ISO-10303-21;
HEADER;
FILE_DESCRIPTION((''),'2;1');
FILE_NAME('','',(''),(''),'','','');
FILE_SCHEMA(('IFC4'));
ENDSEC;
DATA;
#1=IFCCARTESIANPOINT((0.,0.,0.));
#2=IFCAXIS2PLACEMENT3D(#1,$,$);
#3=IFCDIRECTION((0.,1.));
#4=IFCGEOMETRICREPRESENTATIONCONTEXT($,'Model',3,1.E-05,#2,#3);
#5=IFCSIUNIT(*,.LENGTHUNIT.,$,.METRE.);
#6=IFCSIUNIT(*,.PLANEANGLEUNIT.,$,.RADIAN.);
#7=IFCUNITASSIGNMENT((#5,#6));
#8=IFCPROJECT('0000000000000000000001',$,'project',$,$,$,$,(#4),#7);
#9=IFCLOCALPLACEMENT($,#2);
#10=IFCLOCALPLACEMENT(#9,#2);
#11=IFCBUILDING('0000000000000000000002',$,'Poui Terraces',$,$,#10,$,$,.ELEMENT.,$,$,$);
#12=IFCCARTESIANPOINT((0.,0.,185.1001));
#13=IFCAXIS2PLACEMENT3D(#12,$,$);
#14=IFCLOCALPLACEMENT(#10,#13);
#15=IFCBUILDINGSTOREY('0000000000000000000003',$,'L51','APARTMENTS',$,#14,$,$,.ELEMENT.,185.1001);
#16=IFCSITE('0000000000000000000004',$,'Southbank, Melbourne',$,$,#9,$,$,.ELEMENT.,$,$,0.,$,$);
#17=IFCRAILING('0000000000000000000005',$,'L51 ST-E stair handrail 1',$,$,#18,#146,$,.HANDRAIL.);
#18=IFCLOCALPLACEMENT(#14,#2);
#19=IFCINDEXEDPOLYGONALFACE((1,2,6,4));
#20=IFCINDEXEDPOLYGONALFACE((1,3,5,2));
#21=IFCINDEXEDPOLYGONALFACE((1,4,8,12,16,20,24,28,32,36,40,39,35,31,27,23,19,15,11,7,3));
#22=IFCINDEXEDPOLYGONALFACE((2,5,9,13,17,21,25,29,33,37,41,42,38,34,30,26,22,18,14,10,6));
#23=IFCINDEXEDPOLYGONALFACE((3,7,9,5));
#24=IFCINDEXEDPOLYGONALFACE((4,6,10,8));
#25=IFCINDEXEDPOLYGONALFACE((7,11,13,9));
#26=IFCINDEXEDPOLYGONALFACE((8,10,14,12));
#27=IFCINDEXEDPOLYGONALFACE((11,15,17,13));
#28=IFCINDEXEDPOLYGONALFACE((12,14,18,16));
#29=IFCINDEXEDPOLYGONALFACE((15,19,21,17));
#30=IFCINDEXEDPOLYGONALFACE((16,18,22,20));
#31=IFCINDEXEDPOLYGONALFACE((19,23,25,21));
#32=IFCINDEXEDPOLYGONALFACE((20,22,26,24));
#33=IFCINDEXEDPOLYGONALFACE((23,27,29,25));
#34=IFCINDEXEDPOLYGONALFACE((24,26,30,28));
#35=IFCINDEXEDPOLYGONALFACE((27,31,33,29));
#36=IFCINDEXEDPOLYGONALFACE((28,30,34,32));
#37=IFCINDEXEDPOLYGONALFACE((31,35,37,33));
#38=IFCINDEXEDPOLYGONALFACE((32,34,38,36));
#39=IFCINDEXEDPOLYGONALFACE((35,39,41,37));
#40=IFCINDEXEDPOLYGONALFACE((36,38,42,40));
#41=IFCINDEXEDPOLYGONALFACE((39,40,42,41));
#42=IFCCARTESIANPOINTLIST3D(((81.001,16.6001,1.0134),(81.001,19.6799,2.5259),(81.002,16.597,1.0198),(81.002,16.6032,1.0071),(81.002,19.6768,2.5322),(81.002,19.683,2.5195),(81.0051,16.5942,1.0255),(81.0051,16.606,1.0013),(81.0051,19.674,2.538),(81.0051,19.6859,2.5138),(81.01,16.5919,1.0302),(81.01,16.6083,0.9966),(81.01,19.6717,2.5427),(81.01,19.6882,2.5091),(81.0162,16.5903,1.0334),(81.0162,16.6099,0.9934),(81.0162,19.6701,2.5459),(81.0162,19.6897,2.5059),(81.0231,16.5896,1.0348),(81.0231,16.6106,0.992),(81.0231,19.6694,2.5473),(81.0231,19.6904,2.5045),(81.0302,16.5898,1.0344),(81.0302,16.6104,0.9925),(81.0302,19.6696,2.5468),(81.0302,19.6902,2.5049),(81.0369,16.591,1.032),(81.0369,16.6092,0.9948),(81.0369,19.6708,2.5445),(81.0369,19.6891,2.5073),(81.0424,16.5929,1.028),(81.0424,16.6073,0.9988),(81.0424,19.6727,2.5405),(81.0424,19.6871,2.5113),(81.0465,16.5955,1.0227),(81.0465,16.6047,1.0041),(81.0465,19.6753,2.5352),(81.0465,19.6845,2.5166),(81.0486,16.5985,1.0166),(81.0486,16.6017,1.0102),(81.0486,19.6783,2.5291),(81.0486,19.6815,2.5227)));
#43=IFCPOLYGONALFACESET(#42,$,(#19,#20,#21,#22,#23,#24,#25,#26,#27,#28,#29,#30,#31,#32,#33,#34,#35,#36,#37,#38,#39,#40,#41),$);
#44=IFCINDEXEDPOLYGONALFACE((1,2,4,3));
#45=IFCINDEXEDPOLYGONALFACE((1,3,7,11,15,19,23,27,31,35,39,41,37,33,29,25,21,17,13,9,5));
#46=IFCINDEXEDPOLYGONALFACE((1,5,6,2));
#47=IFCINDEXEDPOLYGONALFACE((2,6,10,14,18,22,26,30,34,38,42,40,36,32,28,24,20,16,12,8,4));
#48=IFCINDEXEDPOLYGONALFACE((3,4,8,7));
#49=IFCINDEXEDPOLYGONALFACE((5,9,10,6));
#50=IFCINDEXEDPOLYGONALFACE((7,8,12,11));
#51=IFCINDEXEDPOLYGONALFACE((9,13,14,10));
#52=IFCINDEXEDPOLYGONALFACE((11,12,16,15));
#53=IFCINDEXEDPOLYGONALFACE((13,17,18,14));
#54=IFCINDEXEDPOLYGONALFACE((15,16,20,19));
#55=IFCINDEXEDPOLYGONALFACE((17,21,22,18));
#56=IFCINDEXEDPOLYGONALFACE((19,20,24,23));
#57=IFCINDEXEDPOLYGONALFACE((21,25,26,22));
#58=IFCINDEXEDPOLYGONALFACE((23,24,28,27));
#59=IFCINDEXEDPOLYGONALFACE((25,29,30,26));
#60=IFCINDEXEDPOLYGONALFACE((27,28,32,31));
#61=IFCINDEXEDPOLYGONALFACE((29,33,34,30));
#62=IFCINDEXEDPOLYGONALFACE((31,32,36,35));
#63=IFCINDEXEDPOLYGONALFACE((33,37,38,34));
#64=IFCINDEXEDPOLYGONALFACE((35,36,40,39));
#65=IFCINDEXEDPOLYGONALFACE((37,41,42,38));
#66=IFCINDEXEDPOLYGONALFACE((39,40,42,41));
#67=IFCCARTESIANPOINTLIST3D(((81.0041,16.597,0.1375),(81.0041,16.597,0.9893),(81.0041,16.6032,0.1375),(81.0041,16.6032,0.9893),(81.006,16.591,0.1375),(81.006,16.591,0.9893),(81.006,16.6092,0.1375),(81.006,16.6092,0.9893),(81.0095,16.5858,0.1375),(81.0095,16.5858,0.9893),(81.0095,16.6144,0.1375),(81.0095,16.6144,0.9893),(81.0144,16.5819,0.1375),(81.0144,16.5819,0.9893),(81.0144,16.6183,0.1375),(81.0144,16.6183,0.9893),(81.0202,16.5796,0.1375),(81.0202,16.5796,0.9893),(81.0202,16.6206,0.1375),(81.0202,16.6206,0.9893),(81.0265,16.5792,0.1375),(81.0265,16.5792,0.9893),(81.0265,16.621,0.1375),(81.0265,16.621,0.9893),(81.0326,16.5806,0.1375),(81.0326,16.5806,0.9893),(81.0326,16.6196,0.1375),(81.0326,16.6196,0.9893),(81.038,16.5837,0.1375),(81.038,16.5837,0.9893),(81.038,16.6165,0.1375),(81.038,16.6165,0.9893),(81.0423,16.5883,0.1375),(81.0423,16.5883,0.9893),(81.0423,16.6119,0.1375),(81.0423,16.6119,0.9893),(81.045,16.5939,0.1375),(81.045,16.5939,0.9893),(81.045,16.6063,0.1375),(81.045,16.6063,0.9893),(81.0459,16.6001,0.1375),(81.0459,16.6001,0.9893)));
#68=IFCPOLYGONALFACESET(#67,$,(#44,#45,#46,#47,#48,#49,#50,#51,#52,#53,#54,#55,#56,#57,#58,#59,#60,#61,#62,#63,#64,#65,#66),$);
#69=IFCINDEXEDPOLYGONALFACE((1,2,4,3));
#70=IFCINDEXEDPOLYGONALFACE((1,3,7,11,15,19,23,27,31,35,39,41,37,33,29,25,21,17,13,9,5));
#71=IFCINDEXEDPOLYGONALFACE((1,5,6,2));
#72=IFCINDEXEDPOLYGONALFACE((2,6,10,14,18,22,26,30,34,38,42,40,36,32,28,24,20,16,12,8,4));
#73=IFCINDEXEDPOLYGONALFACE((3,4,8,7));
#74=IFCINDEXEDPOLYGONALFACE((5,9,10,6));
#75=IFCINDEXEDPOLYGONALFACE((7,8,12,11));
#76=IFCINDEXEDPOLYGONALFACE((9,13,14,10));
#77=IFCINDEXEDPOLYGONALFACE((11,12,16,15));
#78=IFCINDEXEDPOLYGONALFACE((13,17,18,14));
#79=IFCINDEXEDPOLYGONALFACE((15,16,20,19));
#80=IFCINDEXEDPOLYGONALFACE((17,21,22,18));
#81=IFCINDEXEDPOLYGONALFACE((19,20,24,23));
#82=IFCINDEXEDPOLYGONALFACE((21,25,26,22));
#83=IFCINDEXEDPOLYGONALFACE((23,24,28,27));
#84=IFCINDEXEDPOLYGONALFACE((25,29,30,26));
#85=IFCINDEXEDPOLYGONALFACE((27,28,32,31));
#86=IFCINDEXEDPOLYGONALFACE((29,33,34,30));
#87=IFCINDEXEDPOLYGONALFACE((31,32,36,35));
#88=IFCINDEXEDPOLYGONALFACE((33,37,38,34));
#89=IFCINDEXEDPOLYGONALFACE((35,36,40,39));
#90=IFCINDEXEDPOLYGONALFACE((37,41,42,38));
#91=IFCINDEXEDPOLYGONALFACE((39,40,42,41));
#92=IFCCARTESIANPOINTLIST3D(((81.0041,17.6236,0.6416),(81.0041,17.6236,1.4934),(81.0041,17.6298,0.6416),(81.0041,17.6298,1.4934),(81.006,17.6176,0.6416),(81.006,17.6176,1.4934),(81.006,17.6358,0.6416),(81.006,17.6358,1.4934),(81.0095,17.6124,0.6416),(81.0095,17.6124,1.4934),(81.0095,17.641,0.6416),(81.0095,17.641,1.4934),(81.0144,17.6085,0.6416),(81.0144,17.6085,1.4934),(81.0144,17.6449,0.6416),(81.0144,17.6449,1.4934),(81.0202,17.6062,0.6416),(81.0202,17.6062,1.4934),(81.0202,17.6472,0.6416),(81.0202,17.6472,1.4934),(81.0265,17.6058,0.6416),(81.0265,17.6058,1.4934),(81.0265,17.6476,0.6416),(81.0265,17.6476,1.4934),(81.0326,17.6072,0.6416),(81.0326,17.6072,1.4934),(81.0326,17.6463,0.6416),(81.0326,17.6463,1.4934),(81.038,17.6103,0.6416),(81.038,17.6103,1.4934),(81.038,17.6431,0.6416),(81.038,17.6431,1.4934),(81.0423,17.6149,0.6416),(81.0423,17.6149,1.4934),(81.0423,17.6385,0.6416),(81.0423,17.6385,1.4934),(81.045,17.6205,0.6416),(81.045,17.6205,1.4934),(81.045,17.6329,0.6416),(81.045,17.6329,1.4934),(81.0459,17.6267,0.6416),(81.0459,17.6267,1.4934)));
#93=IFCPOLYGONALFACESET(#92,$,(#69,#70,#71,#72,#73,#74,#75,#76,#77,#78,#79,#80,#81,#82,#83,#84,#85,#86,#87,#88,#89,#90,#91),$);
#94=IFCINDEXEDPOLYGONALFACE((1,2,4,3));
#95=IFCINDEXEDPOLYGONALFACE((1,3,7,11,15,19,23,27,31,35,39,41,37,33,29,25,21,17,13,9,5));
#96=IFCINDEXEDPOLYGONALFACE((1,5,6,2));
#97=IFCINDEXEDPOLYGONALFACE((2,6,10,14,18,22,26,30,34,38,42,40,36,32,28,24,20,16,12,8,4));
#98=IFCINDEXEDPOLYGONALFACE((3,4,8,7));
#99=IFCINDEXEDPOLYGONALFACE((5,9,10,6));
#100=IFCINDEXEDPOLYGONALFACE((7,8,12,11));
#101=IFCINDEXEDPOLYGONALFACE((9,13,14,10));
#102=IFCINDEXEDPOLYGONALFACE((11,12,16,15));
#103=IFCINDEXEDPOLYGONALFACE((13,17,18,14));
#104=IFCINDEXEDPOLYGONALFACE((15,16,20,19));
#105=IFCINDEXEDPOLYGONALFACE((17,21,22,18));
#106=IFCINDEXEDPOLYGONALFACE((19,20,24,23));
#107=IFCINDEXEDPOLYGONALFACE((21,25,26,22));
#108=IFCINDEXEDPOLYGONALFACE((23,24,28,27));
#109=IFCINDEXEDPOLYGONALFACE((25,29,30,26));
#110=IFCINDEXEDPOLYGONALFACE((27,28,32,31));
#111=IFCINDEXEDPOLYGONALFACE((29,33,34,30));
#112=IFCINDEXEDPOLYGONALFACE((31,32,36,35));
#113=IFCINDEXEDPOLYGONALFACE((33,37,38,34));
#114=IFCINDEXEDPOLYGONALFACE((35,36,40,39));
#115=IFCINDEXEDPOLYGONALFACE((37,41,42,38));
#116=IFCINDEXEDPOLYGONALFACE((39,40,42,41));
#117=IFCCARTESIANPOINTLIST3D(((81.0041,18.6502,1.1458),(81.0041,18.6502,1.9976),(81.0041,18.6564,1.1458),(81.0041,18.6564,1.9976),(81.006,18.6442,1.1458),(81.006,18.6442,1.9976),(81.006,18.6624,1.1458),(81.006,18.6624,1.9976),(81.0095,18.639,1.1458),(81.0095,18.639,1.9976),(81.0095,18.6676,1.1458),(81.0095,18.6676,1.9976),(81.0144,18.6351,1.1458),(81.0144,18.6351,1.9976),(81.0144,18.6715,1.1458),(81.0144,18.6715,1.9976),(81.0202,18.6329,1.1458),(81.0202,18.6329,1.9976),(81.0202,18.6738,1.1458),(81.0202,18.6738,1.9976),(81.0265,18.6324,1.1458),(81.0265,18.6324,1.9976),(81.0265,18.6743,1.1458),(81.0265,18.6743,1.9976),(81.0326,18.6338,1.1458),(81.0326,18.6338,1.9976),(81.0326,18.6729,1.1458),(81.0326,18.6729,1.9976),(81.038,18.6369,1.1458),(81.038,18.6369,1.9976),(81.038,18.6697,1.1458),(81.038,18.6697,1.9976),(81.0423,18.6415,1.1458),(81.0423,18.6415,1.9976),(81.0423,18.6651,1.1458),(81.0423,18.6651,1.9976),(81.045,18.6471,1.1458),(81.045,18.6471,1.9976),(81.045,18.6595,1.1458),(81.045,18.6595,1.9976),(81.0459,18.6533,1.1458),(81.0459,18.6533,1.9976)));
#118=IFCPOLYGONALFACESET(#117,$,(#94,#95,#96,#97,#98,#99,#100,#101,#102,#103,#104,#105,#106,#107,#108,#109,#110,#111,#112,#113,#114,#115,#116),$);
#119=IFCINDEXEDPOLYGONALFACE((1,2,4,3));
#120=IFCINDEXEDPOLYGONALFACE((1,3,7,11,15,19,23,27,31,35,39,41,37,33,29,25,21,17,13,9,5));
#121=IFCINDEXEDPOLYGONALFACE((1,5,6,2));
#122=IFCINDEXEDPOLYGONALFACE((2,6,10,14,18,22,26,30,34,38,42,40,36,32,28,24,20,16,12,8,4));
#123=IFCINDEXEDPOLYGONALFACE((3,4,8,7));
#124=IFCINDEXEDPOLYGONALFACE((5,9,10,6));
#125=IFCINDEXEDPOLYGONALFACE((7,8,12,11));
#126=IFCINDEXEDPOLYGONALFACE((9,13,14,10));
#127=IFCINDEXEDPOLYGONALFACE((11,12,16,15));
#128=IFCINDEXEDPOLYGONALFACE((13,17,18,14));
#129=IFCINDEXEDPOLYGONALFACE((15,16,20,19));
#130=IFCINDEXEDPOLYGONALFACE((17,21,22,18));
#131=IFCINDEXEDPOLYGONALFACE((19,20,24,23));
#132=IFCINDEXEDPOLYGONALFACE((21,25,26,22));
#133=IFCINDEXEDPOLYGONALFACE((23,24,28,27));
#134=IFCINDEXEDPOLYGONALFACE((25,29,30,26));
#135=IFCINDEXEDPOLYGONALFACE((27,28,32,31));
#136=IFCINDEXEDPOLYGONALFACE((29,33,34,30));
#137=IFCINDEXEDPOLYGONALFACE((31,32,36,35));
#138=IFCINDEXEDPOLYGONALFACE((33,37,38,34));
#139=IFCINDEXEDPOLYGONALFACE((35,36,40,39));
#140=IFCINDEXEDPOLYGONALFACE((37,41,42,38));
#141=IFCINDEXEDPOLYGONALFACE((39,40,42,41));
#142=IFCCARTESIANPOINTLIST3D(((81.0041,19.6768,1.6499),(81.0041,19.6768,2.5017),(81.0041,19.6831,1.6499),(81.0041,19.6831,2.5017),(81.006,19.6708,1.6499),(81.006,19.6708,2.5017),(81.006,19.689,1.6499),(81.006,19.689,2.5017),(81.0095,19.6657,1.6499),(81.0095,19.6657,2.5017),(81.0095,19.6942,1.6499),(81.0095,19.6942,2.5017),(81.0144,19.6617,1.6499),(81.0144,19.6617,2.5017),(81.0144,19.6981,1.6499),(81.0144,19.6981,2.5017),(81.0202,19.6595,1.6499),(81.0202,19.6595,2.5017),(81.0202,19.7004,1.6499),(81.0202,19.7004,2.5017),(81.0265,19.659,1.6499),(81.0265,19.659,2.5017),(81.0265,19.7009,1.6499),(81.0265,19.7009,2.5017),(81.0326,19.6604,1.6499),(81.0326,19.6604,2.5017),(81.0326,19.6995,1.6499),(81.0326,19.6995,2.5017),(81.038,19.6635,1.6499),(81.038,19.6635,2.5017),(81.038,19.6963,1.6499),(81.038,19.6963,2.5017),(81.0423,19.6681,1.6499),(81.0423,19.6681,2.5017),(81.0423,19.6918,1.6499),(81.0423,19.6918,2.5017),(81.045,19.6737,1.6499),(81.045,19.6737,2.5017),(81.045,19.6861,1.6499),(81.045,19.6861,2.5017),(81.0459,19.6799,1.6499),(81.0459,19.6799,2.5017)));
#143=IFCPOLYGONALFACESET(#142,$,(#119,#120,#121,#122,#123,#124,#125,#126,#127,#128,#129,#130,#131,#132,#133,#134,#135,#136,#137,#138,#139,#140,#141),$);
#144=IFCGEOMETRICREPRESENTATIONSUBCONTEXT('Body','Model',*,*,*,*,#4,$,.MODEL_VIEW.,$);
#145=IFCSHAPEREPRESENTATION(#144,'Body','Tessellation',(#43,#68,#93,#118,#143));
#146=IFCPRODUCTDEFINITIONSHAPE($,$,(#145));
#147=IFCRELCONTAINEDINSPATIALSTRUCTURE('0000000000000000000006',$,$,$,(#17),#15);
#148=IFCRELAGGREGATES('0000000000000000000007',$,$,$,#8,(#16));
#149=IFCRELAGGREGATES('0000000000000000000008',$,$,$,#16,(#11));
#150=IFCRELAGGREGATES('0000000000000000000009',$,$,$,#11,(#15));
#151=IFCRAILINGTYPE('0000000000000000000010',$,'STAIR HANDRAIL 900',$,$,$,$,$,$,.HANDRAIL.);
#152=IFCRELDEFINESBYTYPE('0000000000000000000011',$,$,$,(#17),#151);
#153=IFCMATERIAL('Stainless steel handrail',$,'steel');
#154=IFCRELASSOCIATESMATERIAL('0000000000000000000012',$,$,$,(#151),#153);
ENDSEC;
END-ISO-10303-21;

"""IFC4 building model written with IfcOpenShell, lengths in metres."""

from ifc_helpers import new_model, si_unit, direction, frame, origin, origin_2d, place, context, subcontext, project, spatial, circle, extrude, material, type_object, element, save


model = new_model("IFC4")

# Units and contexts
model_context = context("Model", 3, precision=1e-05, world=origin(), true_north=direction((0.0, 1.0)))
body_context = subcontext(model_context, "Body", "Model", "MODEL_VIEW")
ifc_project = project(units=[si_unit("LENGTHUNIT", "METRE"), si_unit("PLANEANGLEUNIT", "RADIAN")], contexts=[model_context])

# Site, building, storey
site_placement = place(None, origin())
site = spatial("IfcSite", under=ifc_project, at=site_placement, Name="Southbank, Melbourne", CompositionType="ELEMENT", RefElevation=0.0)
building_placement = place(site_placement, origin())
building = spatial("IfcBuilding", under=site, at=building_placement, Name="Poui Terraces", CompositionType="ELEMENT")
storey_placement = place(building_placement, frame((0.0, 0.0, 185.1001)))
storey = spatial("IfcBuildingStorey", under=building, at=storey_placement, Name="L51", Description="APARTMENTS", CompositionType="ELEMENT", Elevation=185.1001)

# Railing
ifc_material_1 = material(Name="Stainless steel handrail", Category="steel")
railing_type_1 = type_object("IfcRailingType", Name="STAIR HANDRAIL 900", PredefinedType="HANDRAIL", material=ifc_material_1)
railing_1_placement = place(storey_placement, frame((81.0249, 16.6001, 0.1375)))
element("IfcRailing", 1, at=railing_1_placement, inside=storey, type_object=railing_type_1, Name="L51 ST-E stair handrail 1", PredefinedType="HANDRAIL", context=body_context, shape_type="SweptSolid", body=[
    extrude(circle(Radius=0.0239, at=origin_2d()), frame((0.0, 0.0, 0.876), z_axis=(0.0, 0.897606, 0.440798), x_axis=(-1.0, 0.0, 0.0)), (0.0, 0.0, 1.0), 3.4312),
    extrude(circle(Radius=0.021, at=origin_2d()), origin(), (0.0, 0.0, 1.0), 0.8518),
    extrude(circle(Radius=0.021, at=origin_2d()), frame((0.0, 1.0266, 0.5042)), (0.0, 0.0, 1.0), 0.8518),
    extrude(circle(Radius=0.021, at=origin_2d()), frame((0.0, 2.0532, 1.0083)), (0.0, 0.0, 1.0), 0.8518),
    extrude(circle(Radius=0.021, at=origin_2d()), frame((0.0, 3.0798, 1.5125)), (0.0, 0.0, 1.0), 0.8518),
])

save(model, "model.ifc")
